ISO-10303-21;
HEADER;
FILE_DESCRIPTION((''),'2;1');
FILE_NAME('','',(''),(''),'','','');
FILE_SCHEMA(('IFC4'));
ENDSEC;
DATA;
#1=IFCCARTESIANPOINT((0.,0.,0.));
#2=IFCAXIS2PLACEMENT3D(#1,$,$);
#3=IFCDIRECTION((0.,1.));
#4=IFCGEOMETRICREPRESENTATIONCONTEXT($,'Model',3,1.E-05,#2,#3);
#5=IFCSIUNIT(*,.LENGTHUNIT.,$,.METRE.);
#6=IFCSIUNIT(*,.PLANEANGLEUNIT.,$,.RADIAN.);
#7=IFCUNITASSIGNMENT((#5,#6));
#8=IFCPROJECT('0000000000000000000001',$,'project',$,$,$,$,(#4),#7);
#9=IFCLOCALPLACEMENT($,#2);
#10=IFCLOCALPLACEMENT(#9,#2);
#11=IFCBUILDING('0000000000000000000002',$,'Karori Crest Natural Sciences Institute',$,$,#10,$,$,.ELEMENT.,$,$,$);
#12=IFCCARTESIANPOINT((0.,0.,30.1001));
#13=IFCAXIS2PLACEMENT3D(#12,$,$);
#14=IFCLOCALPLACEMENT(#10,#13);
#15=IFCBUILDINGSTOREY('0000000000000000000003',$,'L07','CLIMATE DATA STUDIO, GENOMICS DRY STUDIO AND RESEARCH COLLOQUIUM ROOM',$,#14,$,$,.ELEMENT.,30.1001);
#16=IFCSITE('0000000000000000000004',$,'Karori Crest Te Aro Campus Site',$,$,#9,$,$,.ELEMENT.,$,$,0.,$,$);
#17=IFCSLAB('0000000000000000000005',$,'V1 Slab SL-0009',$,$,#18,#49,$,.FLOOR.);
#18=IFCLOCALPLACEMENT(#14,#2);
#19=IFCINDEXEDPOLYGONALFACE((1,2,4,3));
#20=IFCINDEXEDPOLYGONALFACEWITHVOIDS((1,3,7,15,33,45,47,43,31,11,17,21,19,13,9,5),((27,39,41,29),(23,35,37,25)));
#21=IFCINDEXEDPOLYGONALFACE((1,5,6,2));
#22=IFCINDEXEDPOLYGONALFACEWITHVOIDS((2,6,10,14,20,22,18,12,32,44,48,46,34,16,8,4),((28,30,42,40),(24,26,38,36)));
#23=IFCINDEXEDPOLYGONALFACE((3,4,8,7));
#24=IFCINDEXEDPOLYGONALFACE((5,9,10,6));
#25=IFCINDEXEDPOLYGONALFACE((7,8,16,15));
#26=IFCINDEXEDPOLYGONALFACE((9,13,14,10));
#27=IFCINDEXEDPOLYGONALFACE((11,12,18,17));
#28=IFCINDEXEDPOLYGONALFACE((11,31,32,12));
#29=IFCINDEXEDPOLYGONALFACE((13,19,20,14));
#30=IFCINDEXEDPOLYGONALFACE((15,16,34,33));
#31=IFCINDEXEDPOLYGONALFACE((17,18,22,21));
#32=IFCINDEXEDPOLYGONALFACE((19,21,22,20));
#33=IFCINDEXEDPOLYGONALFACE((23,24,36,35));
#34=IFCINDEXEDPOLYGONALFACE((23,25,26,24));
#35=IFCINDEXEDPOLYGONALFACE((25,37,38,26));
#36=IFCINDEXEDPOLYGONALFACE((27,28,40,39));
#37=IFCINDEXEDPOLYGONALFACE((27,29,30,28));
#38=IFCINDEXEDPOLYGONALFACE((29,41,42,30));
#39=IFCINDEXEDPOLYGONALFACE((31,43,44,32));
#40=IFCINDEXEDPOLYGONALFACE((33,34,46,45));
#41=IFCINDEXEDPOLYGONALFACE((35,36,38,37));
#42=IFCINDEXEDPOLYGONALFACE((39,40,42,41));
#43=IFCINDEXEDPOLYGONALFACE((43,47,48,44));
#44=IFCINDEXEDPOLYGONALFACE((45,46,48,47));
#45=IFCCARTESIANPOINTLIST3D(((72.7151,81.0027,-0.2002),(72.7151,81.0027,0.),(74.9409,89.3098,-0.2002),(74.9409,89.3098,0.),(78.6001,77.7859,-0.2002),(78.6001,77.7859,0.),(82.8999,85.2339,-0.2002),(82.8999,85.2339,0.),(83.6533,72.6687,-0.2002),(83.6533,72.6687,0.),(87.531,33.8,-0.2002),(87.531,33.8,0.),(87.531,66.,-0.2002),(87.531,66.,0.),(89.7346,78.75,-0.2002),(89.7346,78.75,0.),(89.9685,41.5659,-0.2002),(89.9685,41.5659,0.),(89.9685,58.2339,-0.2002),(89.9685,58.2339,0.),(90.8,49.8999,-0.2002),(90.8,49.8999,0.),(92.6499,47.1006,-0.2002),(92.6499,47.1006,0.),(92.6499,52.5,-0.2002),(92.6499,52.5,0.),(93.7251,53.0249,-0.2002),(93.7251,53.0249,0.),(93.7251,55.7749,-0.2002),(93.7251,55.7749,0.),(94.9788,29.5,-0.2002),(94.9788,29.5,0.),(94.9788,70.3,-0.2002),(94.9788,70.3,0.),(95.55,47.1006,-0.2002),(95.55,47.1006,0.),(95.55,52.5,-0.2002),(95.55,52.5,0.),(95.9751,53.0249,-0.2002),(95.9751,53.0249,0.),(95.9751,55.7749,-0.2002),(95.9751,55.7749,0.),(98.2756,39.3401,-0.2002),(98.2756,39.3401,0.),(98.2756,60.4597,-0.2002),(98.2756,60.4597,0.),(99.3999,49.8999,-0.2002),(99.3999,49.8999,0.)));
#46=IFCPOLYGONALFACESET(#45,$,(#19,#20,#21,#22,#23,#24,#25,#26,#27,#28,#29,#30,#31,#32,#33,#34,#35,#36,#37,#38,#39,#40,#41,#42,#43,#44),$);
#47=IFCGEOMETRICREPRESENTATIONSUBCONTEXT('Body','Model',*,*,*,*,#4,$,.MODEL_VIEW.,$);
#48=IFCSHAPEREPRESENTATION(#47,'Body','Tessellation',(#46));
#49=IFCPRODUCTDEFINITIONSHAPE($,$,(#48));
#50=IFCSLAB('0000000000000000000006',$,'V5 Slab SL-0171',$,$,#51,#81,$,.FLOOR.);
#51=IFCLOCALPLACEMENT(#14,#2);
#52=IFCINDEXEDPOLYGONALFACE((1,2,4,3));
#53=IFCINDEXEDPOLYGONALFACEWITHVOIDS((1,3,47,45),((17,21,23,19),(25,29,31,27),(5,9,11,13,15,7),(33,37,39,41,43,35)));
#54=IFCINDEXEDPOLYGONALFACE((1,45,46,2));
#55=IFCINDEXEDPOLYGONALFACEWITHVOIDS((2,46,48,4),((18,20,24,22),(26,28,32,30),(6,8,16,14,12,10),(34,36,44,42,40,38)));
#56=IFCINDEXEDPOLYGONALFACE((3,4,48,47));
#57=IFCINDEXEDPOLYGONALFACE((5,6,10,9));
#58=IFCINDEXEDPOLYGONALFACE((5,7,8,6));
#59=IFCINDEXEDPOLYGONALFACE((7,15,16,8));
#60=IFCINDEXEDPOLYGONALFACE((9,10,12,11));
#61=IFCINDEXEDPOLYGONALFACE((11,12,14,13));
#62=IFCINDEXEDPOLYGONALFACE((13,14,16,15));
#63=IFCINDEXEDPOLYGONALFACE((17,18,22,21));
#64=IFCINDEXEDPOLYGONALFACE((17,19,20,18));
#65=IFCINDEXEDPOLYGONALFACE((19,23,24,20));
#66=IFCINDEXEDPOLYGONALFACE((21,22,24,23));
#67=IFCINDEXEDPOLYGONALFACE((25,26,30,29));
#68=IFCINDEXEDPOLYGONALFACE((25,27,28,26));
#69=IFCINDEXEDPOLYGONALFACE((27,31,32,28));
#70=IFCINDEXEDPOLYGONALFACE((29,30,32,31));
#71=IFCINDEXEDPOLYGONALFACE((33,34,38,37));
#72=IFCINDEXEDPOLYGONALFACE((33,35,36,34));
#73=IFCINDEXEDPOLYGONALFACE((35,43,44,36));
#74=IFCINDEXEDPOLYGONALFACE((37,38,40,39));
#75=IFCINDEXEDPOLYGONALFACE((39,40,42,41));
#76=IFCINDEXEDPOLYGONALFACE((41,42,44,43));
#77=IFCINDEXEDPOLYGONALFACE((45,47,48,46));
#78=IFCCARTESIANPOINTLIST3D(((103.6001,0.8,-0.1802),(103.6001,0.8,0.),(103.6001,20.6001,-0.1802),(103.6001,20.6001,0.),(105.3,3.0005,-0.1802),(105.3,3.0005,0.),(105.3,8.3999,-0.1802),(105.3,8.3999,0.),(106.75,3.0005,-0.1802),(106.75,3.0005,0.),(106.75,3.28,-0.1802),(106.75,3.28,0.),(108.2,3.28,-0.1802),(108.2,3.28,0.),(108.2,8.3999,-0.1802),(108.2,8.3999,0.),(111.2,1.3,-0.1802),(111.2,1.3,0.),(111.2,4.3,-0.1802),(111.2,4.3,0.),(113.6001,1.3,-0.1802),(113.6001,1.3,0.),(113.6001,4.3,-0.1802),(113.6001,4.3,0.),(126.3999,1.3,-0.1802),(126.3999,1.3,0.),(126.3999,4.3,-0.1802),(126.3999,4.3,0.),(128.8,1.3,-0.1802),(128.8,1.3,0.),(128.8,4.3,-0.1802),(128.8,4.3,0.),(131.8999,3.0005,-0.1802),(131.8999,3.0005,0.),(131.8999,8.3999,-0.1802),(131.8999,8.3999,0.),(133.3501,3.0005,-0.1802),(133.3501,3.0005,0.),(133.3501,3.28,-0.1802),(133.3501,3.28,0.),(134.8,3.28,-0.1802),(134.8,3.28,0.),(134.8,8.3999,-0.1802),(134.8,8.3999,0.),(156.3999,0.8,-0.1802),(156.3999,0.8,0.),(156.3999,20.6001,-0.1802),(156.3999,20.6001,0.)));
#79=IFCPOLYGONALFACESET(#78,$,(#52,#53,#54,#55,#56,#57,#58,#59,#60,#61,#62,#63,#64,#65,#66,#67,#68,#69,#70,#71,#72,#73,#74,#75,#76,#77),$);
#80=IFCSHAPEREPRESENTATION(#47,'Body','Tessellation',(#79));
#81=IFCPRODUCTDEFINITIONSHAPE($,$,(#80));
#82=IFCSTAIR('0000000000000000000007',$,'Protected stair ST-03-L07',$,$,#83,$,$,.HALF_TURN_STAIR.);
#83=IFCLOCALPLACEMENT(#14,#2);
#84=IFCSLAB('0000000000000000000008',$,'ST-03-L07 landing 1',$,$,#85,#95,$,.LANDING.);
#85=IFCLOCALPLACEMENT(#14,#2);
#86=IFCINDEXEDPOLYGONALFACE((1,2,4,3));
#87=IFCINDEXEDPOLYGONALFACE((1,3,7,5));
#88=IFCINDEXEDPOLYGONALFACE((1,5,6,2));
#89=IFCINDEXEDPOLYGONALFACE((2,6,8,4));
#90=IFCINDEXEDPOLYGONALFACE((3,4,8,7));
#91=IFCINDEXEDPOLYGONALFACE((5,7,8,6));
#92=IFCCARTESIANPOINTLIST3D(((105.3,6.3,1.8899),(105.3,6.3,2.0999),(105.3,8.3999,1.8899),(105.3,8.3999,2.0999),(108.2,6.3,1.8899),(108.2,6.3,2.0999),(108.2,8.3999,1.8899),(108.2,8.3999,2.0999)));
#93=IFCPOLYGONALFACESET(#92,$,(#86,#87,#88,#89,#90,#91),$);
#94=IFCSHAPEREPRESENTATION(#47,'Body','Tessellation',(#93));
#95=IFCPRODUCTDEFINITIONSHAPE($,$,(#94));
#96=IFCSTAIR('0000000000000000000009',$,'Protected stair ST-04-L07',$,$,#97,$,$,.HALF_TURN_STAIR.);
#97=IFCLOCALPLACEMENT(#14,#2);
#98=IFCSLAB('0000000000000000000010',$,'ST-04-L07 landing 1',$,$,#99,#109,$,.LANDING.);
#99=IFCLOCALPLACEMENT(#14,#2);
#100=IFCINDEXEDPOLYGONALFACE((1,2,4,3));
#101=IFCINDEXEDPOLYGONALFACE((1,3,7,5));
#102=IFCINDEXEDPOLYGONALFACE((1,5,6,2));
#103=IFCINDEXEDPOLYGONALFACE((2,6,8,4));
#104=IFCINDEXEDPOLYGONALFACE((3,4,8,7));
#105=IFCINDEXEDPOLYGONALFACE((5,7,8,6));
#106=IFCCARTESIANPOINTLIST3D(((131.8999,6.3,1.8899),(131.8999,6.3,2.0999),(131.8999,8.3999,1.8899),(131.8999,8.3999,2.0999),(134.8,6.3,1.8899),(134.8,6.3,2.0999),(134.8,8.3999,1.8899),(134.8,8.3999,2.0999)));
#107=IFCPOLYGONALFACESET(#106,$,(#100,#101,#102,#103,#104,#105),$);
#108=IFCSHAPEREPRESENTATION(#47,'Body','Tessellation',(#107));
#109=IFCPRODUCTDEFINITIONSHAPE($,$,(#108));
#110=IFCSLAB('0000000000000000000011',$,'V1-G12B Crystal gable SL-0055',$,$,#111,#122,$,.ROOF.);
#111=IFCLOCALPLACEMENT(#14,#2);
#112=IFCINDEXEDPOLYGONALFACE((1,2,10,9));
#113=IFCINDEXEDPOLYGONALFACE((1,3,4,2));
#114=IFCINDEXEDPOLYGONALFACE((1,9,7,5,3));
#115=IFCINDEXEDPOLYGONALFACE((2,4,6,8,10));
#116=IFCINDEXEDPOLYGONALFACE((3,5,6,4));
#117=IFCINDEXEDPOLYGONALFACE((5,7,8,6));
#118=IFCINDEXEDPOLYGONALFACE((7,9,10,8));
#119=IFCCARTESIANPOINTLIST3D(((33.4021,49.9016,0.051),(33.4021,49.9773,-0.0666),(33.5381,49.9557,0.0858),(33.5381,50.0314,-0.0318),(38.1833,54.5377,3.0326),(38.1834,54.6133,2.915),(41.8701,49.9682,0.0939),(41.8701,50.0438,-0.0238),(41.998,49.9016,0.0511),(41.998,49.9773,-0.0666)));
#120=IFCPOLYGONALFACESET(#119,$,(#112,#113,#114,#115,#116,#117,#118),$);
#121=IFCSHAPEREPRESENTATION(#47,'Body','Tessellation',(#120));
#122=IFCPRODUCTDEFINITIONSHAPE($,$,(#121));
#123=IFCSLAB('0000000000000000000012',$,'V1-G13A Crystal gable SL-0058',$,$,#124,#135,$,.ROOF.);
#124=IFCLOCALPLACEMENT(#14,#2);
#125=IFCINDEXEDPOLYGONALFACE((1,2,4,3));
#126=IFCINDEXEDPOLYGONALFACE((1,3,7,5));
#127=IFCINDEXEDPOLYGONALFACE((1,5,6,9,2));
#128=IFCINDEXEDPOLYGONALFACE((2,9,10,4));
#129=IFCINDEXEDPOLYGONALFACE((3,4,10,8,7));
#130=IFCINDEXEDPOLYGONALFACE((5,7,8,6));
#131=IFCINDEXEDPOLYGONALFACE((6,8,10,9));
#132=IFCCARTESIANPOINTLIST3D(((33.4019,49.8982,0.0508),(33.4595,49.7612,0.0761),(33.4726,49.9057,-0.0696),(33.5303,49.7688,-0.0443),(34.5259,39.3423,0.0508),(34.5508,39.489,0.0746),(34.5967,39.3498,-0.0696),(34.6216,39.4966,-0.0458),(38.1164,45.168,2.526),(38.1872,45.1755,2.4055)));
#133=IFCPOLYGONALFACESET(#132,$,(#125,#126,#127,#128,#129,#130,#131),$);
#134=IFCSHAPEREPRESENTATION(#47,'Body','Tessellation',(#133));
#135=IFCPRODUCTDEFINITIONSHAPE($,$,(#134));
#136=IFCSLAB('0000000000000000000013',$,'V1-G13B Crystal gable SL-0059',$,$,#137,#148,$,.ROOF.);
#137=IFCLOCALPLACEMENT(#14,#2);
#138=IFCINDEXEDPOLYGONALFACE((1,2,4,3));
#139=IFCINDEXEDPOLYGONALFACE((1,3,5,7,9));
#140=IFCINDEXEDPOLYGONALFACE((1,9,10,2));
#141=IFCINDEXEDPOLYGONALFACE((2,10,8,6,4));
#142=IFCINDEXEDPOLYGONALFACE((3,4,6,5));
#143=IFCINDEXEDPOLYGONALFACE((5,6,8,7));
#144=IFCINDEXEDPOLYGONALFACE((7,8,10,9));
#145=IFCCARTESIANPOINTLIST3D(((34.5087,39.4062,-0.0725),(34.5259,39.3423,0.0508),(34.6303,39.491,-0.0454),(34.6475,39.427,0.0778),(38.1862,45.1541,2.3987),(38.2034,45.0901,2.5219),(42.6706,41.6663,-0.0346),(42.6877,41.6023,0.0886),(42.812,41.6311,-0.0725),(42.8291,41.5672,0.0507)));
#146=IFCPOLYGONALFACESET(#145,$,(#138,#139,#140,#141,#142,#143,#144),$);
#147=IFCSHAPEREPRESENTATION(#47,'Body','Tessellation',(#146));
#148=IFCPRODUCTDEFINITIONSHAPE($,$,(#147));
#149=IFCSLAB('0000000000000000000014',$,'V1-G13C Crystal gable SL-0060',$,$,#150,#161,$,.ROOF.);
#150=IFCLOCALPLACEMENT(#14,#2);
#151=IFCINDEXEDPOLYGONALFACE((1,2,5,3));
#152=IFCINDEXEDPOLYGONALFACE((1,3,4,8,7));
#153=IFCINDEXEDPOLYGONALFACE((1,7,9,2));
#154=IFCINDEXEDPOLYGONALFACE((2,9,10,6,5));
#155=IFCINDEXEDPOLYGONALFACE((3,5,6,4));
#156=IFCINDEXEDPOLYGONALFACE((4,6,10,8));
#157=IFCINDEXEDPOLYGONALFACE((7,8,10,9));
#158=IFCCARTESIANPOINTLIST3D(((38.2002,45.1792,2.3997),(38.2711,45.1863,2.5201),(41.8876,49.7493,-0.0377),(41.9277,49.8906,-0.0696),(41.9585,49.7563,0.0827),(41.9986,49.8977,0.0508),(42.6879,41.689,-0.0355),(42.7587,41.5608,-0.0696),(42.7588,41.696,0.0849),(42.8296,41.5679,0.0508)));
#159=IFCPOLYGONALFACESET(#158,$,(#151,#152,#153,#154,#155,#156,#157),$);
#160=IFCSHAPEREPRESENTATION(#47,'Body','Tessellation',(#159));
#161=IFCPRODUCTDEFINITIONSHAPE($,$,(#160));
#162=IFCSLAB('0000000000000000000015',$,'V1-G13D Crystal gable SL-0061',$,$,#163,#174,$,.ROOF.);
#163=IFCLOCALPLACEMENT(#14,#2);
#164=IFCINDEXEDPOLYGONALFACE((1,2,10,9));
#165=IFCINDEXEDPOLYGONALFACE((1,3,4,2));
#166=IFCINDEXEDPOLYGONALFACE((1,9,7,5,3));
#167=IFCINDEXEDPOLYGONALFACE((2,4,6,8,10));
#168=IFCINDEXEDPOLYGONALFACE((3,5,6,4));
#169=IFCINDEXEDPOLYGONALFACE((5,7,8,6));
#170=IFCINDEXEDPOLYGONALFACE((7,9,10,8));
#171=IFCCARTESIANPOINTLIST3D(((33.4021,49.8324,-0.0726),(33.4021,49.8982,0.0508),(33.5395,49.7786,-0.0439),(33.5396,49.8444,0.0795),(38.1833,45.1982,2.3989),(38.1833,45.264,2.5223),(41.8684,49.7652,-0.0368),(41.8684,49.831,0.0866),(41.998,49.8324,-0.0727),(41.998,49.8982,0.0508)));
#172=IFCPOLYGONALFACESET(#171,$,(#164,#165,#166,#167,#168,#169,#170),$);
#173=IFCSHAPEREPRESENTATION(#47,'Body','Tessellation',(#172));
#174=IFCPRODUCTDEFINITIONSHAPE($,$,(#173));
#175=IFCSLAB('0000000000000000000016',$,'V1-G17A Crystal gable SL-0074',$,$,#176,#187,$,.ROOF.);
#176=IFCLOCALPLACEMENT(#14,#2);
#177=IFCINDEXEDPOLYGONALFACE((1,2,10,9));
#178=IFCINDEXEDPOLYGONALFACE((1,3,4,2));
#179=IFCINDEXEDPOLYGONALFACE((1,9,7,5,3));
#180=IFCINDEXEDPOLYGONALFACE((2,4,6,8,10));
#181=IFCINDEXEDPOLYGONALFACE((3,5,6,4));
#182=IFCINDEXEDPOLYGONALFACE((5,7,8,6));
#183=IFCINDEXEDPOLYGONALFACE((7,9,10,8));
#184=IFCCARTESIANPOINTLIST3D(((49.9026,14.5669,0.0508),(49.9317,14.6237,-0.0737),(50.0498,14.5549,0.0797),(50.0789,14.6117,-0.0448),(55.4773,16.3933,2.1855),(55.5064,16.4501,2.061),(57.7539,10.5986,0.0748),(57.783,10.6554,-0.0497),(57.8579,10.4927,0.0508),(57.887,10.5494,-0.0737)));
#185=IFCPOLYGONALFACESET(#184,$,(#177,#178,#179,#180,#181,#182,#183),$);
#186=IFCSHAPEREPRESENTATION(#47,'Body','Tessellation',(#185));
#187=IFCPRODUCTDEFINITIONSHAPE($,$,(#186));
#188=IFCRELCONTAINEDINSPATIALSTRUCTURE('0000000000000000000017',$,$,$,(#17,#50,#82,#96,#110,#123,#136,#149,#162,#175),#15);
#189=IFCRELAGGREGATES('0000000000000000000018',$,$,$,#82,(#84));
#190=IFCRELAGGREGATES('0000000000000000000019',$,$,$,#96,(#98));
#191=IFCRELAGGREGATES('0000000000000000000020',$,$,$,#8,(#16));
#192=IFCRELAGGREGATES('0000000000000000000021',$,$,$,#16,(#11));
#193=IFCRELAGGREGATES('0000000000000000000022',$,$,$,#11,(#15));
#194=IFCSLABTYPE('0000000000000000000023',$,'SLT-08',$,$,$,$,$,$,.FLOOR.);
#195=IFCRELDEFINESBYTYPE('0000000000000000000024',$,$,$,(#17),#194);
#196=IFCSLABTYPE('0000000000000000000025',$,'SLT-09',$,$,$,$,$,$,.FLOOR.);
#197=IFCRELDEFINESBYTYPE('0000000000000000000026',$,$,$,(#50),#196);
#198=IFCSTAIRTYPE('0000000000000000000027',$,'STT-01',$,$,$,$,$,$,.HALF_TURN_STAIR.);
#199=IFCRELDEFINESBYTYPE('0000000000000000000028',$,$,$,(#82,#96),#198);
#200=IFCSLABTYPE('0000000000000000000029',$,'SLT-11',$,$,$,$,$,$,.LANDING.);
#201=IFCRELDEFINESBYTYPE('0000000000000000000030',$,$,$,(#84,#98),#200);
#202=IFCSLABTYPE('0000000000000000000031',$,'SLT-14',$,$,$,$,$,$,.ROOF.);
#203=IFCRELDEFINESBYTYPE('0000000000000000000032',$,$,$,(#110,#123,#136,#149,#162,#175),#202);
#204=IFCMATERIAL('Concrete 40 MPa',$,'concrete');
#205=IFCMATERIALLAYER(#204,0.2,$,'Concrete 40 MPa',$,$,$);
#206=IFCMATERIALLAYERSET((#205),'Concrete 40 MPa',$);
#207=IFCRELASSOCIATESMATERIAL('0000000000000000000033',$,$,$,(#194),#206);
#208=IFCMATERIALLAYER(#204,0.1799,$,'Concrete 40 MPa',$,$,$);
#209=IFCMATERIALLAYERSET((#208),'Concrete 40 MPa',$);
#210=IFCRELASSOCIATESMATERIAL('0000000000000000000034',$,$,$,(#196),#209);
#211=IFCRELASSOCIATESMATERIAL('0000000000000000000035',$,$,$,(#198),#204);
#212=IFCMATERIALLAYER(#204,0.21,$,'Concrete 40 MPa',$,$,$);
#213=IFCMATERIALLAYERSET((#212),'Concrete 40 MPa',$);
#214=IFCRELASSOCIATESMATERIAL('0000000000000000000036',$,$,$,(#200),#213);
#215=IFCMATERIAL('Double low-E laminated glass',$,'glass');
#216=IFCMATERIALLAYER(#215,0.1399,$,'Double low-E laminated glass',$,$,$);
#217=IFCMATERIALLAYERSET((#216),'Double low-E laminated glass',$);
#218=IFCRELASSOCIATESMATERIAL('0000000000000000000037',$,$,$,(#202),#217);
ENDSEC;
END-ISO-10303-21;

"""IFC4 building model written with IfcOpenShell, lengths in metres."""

from ifc_helpers import new_model, si_unit, direction, frame, origin, place, context, subcontext, project, spatial, polyline, outline, extrude, material, layer, layer_set, type_object, element, aggregate, save


model = new_model("IFC4")

# Units and contexts
model_context = context("Model", 3, precision=1e-05, world=origin(), true_north=direction((0.0, 1.0)))
body_context = subcontext(model_context, "Body", "Model", "MODEL_VIEW")
ifc_project = project(units=[si_unit("LENGTHUNIT", "METRE"), si_unit("PLANEANGLEUNIT", "RADIAN")], contexts=[model_context])

# Site, building, storey
site_placement = place(None, origin())
site = spatial("IfcSite", under=ifc_project, at=site_placement, Name="Karori Crest Te Aro Campus Site", CompositionType="ELEMENT", RefElevation=0.0)
building_placement = place(site_placement, origin())
building = spatial("IfcBuilding", under=site, at=building_placement, Name="Karori Crest Natural Sciences Institute", CompositionType="ELEMENT")
storey_placement = place(building_placement, frame((0.0, 0.0, 30.1001)))
storey = spatial("IfcBuildingStorey", under=building, at=storey_placement, Name="L07", Description="CLIMATE DATA STUDIO, GENOMICS DRY STUDIO AND RESEARCH COLLOQUIUM ROOM", CompositionType="ELEMENT", Elevation=30.1001)

# Slabs
ifc_material_1 = material(Name="Concrete 40 MPa", Category="concrete")
ifc_layer_1 = layer(ifc_material_1, 0.2, Name="Concrete 40 MPa")
ifc_layer_set_1 = layer_set([ifc_layer_1], Name="Concrete 40 MPa")
slab_type_1 = type_object("IfcSlabType", Name="SLT-08", PredefinedType="FLOOR", material=ifc_layer_set_1)
slab_1_placement = place(storey_placement, frame((0.0, 0.0, -0.2002)))
element("IfcSlab", 1, at=slab_1_placement, inside=storey, type_object=slab_type_1, Name="V1 Slab SL-0009", PredefinedType="FLOOR", context=body_context, shape_type="SweptSolid", body=[
    extrude(outline(polyline([(94.9788, 29.5), (98.2756, 39.3401), (99.3999, 49.8999), (98.2756, 60.4597), (94.9788, 70.3), (89.7346, 78.75), (82.8999, 85.2339), (74.9409, 89.3098), (72.7151, 81.0027), (78.6001, 77.7859), (83.6533, 72.6687), (87.531, 66.0), (89.9685, 58.2339), (90.8, 49.8999), (89.9685, 41.5659), (87.531, 33.8), (94.9788, 29.5)]), holes=[polyline([(95.55, 47.1006), (92.6499, 47.1006), (92.6499, 52.5), (95.55, 52.5), (95.55, 47.1006)]), polyline([(93.7251, 55.7749), (95.9751, 55.7749), (95.9751, 53.0249), (93.7251, 53.0249), (93.7251, 55.7749)])]), origin(), (0.0, 0.0, 1.0), 0.2002),
])
ifc_layer_2 = layer(ifc_material_1, 0.1799, Name="Concrete 40 MPa")
ifc_layer_set_2 = layer_set([ifc_layer_2], Name="Concrete 40 MPa")
slab_type_2 = type_object("IfcSlabType", Name="SLT-09", PredefinedType="FLOOR", material=ifc_layer_set_2)
slab_2_placement = place(storey_placement, frame((0.0, 0.0, -0.1802)))
element("IfcSlab", 2, at=slab_2_placement, inside=storey, type_object=slab_type_2, Name="V5 Slab SL-0171", PredefinedType="FLOOR", context=body_context, shape_type="SweptSolid", body=[
    extrude(outline(polyline([(103.6001, 0.8), (156.3999, 0.8), (156.3999, 20.6001), (103.6001, 20.6001), (103.6001, 0.8)]), holes=[polyline([(108.2, 3.28), (106.75, 3.28), (106.75, 3.0005), (105.3, 3.0005), (105.3, 8.3999), (108.2, 8.3999), (108.2, 3.28)]), polyline([(134.8, 3.28), (133.3501, 3.28), (133.3501, 3.0005), (131.8999, 3.0005), (131.8999, 8.3999), (134.8, 8.3999), (134.8, 3.28)]), polyline([(111.2, 4.3), (113.6001, 4.3), (113.6001, 1.3), (111.2, 1.3), (111.2, 4.3)]), polyline([(126.3999, 4.3), (128.8, 4.3), (128.8, 1.3), (126.3999, 1.3), (126.3999, 4.3)])]), origin(), (0.0, 0.0, 1.0), 0.1802),
])

# Stairs, slabs
stair_type = type_object("IfcStairType", Name="STT-01", PredefinedType="HALF_TURN_STAIR", material=ifc_material_1)
stair_1_placement = place(storey_placement, origin())
stair_1 = element("IfcStair", 3, at=stair_1_placement, inside=storey, type_object=stair_type, Name="Protected stair ST-03-L07", PredefinedType="HALF_TURN_STAIR")
ifc_layer_3 = layer(ifc_material_1, 0.21, Name="Concrete 40 MPa")
ifc_layer_set_3 = layer_set([ifc_layer_3], Name="Concrete 40 MPa")
slab_type_3 = type_object("IfcSlabType", Name="SLT-11", PredefinedType="LANDING", material=ifc_layer_set_3)
slab_3_placement = place(storey_placement, frame((0.0, 0.0, 1.8899)))
slab_3 = element("IfcSlab", 4, at=slab_3_placement, type_object=slab_type_3, Name="ST-03-L07 landing 1", PredefinedType="LANDING", context=body_context, shape_type="SweptSolid", body=[
    extrude(outline(polyline([(108.2, 6.3), (108.2, 8.3999), (105.3, 8.3999), (105.3, 6.3), (108.2, 6.3)])), origin(), (0.0, 0.0, 1.0), 0.21),
])
aggregate(stair_1, [slab_3])
stair_2_placement = place(storey_placement, origin())
stair_2 = element("IfcStair", 5, at=stair_2_placement, inside=storey, type_object=stair_type, Name="Protected stair ST-04-L07", PredefinedType="HALF_TURN_STAIR")
slab_4_placement = place(storey_placement, frame((0.0, 0.0, 1.8899)))
slab_4 = element("IfcSlab", 6, at=slab_4_placement, type_object=slab_type_3, Name="ST-04-L07 landing 1", PredefinedType="LANDING", context=body_context, shape_type="SweptSolid", body=[
    extrude(outline(polyline([(134.8, 6.3), (134.8, 8.3999), (131.8999, 8.3999), (131.8999, 6.3), (134.8, 6.3)])), origin(), (0.0, 0.0, 1.0), 0.21),
])
aggregate(stair_2, [slab_4])

# Shared definitions
ifc_material_2 = material(Name="Double low-E laminated glass", Category="glass")

# Slabs
ifc_layer_4 = layer(ifc_material_2, 0.1399, Name="Double low-E laminated glass")
ifc_layer_set_4 = layer_set([ifc_layer_4], Name="Double low-E laminated glass")
slab_type_4 = type_object("IfcSlabType", Name="SLT-14", PredefinedType="ROOF", material=ifc_layer_set_4)
slab_5_placement = place(storey_placement, frame((33.4021, 49.9016, 0.051), z_axis=(-0.000005, -0.540917, 0.841076), x_axis=(1.0, -0.000003, 0.000004)))
element("IfcSlab", 7, at=slab_5_placement, inside=storey, type_object=slab_type_4, Name="V1-G12B Crystal gable SL-0055", PredefinedType="ROOF", context=body_context, shape_type="SweptSolid", body=[
    extrude(outline(polyline([(0.0, 0.0), (8.5959, 0.0), (8.468, 0.0792), (4.7813, 5.5121), (0.136, 0.0643), (0.0, 0.0)])), origin(), (0.0, 0.0, -1.0), 0.1399),
])
slab_6_placement = place(storey_placement, frame((33.4019, 49.8982, 0.0508), z_axis=(-0.506009, -0.053881, 0.860843), x_axis=(0.105884, -0.994378, 0.000001)))
element("IfcSlab", 8, at=slab_6_placement, inside=storey, type_object=slab_type_4, Name="V1-G13A Crystal gable SL-0058", PredefinedType="ROOF", context=body_context, shape_type="SweptSolid", body=[
    extrude(outline(polyline([(0.0, 0.0), (10.6156, 0.0), (10.4723, 0.0469), (5.2028, 4.8641), (0.1423, 0.0498), (0.0, 0.0)])), origin(), (0.0, 0.0, -1.0), 0.1399),
])
slab_7_placement = place(storey_placement, frame((34.5259, 39.3423, 0.0508), z_axis=(0.122494, -0.45711, 0.880935), x_axis=(0.965924, 0.258825, -0.000009)))
element("IfcSlab", 9, at=slab_7_placement, inside=storey, type_object=slab_type_4, Name="V1-G13B Crystal gable SL-0059", PredefinedType="ROOF", context=body_context, shape_type="SweptSolid", body=[
    extrude(outline(polyline([(0.0, 0.0), (8.5961, 0.0), (8.4687, 0.0801), (5.0398, 5.2219), (0.1394, 0.0572), (0.0, 0.0)])), origin(), (0.0, 0.0, -1.0), 0.1399),
])
slab_8_placement = place(storey_placement, frame((42.8296, 41.5679, 0.0508), z_axis=(0.506398, 0.050514, 0.860819), x_axis=(-0.099271, 0.99506, 0.000007)))
element("IfcSlab", 10, at=slab_8_placement, inside=storey, type_object=slab_type_4, Name="V1-G13C Crystal gable SL-0060", PredefinedType="ROOF", context=body_context, shape_type="SweptSolid", body=[
    extrude(outline(polyline([(0.0, 0.0), (8.3712, 0.0), (8.2345, 0.0627), (4.0531, 4.8521), (0.1346, 0.0671), (0.0, 0.0)])), origin(), (0.0, 0.0, -1.0), 0.1399),
])
slab_9_placement = place(storey_placement, frame((41.998, 49.8982, 0.0508), z_axis=(0.000008, 0.470581, 0.882357), x_axis=(-1.0, 0.000004, 0.000007)))
element("IfcSlab", 11, at=slab_9_placement, inside=storey, type_object=slab_type_4, Name="V1-G13D Crystal gable SL-0061", PredefinedType="ROOF", context=body_context, shape_type="SweptSolid", body=[
    extrude(outline(polyline([(0.0, 0.0), (8.5959, 0.0), (8.4585, 0.0609), (3.8147, 5.2521), (0.1296, 0.0761), (0.0, 0.0)])), origin(), (0.0, 0.0, -1.0), 0.1399),
])
slab_10_placement = place(storey_placement, frame((49.9026, 14.5669, 0.0508), z_axis=(-0.20784, -0.405826, 0.890004), x_axis=(0.890064, -0.455836, 0.000001)))
element("IfcSlab", 12, at=slab_10_placement, inside=storey, type_object=slab_type_4, Name="V1-G17A Crystal gable SL-0074", PredefinedType="ROOF", context=body_context, shape_type="SweptSolid", body=[
    extrude(outline(polyline([(0.0, 0.0), (8.9379, 0.0), (8.7971, 0.0527), (4.1293, 4.6818), (0.1365, 0.0634), (0.0, 0.0)])), origin(), (0.0, 0.0, -1.0), 0.1399),
])

save(model, "model.ifc")
